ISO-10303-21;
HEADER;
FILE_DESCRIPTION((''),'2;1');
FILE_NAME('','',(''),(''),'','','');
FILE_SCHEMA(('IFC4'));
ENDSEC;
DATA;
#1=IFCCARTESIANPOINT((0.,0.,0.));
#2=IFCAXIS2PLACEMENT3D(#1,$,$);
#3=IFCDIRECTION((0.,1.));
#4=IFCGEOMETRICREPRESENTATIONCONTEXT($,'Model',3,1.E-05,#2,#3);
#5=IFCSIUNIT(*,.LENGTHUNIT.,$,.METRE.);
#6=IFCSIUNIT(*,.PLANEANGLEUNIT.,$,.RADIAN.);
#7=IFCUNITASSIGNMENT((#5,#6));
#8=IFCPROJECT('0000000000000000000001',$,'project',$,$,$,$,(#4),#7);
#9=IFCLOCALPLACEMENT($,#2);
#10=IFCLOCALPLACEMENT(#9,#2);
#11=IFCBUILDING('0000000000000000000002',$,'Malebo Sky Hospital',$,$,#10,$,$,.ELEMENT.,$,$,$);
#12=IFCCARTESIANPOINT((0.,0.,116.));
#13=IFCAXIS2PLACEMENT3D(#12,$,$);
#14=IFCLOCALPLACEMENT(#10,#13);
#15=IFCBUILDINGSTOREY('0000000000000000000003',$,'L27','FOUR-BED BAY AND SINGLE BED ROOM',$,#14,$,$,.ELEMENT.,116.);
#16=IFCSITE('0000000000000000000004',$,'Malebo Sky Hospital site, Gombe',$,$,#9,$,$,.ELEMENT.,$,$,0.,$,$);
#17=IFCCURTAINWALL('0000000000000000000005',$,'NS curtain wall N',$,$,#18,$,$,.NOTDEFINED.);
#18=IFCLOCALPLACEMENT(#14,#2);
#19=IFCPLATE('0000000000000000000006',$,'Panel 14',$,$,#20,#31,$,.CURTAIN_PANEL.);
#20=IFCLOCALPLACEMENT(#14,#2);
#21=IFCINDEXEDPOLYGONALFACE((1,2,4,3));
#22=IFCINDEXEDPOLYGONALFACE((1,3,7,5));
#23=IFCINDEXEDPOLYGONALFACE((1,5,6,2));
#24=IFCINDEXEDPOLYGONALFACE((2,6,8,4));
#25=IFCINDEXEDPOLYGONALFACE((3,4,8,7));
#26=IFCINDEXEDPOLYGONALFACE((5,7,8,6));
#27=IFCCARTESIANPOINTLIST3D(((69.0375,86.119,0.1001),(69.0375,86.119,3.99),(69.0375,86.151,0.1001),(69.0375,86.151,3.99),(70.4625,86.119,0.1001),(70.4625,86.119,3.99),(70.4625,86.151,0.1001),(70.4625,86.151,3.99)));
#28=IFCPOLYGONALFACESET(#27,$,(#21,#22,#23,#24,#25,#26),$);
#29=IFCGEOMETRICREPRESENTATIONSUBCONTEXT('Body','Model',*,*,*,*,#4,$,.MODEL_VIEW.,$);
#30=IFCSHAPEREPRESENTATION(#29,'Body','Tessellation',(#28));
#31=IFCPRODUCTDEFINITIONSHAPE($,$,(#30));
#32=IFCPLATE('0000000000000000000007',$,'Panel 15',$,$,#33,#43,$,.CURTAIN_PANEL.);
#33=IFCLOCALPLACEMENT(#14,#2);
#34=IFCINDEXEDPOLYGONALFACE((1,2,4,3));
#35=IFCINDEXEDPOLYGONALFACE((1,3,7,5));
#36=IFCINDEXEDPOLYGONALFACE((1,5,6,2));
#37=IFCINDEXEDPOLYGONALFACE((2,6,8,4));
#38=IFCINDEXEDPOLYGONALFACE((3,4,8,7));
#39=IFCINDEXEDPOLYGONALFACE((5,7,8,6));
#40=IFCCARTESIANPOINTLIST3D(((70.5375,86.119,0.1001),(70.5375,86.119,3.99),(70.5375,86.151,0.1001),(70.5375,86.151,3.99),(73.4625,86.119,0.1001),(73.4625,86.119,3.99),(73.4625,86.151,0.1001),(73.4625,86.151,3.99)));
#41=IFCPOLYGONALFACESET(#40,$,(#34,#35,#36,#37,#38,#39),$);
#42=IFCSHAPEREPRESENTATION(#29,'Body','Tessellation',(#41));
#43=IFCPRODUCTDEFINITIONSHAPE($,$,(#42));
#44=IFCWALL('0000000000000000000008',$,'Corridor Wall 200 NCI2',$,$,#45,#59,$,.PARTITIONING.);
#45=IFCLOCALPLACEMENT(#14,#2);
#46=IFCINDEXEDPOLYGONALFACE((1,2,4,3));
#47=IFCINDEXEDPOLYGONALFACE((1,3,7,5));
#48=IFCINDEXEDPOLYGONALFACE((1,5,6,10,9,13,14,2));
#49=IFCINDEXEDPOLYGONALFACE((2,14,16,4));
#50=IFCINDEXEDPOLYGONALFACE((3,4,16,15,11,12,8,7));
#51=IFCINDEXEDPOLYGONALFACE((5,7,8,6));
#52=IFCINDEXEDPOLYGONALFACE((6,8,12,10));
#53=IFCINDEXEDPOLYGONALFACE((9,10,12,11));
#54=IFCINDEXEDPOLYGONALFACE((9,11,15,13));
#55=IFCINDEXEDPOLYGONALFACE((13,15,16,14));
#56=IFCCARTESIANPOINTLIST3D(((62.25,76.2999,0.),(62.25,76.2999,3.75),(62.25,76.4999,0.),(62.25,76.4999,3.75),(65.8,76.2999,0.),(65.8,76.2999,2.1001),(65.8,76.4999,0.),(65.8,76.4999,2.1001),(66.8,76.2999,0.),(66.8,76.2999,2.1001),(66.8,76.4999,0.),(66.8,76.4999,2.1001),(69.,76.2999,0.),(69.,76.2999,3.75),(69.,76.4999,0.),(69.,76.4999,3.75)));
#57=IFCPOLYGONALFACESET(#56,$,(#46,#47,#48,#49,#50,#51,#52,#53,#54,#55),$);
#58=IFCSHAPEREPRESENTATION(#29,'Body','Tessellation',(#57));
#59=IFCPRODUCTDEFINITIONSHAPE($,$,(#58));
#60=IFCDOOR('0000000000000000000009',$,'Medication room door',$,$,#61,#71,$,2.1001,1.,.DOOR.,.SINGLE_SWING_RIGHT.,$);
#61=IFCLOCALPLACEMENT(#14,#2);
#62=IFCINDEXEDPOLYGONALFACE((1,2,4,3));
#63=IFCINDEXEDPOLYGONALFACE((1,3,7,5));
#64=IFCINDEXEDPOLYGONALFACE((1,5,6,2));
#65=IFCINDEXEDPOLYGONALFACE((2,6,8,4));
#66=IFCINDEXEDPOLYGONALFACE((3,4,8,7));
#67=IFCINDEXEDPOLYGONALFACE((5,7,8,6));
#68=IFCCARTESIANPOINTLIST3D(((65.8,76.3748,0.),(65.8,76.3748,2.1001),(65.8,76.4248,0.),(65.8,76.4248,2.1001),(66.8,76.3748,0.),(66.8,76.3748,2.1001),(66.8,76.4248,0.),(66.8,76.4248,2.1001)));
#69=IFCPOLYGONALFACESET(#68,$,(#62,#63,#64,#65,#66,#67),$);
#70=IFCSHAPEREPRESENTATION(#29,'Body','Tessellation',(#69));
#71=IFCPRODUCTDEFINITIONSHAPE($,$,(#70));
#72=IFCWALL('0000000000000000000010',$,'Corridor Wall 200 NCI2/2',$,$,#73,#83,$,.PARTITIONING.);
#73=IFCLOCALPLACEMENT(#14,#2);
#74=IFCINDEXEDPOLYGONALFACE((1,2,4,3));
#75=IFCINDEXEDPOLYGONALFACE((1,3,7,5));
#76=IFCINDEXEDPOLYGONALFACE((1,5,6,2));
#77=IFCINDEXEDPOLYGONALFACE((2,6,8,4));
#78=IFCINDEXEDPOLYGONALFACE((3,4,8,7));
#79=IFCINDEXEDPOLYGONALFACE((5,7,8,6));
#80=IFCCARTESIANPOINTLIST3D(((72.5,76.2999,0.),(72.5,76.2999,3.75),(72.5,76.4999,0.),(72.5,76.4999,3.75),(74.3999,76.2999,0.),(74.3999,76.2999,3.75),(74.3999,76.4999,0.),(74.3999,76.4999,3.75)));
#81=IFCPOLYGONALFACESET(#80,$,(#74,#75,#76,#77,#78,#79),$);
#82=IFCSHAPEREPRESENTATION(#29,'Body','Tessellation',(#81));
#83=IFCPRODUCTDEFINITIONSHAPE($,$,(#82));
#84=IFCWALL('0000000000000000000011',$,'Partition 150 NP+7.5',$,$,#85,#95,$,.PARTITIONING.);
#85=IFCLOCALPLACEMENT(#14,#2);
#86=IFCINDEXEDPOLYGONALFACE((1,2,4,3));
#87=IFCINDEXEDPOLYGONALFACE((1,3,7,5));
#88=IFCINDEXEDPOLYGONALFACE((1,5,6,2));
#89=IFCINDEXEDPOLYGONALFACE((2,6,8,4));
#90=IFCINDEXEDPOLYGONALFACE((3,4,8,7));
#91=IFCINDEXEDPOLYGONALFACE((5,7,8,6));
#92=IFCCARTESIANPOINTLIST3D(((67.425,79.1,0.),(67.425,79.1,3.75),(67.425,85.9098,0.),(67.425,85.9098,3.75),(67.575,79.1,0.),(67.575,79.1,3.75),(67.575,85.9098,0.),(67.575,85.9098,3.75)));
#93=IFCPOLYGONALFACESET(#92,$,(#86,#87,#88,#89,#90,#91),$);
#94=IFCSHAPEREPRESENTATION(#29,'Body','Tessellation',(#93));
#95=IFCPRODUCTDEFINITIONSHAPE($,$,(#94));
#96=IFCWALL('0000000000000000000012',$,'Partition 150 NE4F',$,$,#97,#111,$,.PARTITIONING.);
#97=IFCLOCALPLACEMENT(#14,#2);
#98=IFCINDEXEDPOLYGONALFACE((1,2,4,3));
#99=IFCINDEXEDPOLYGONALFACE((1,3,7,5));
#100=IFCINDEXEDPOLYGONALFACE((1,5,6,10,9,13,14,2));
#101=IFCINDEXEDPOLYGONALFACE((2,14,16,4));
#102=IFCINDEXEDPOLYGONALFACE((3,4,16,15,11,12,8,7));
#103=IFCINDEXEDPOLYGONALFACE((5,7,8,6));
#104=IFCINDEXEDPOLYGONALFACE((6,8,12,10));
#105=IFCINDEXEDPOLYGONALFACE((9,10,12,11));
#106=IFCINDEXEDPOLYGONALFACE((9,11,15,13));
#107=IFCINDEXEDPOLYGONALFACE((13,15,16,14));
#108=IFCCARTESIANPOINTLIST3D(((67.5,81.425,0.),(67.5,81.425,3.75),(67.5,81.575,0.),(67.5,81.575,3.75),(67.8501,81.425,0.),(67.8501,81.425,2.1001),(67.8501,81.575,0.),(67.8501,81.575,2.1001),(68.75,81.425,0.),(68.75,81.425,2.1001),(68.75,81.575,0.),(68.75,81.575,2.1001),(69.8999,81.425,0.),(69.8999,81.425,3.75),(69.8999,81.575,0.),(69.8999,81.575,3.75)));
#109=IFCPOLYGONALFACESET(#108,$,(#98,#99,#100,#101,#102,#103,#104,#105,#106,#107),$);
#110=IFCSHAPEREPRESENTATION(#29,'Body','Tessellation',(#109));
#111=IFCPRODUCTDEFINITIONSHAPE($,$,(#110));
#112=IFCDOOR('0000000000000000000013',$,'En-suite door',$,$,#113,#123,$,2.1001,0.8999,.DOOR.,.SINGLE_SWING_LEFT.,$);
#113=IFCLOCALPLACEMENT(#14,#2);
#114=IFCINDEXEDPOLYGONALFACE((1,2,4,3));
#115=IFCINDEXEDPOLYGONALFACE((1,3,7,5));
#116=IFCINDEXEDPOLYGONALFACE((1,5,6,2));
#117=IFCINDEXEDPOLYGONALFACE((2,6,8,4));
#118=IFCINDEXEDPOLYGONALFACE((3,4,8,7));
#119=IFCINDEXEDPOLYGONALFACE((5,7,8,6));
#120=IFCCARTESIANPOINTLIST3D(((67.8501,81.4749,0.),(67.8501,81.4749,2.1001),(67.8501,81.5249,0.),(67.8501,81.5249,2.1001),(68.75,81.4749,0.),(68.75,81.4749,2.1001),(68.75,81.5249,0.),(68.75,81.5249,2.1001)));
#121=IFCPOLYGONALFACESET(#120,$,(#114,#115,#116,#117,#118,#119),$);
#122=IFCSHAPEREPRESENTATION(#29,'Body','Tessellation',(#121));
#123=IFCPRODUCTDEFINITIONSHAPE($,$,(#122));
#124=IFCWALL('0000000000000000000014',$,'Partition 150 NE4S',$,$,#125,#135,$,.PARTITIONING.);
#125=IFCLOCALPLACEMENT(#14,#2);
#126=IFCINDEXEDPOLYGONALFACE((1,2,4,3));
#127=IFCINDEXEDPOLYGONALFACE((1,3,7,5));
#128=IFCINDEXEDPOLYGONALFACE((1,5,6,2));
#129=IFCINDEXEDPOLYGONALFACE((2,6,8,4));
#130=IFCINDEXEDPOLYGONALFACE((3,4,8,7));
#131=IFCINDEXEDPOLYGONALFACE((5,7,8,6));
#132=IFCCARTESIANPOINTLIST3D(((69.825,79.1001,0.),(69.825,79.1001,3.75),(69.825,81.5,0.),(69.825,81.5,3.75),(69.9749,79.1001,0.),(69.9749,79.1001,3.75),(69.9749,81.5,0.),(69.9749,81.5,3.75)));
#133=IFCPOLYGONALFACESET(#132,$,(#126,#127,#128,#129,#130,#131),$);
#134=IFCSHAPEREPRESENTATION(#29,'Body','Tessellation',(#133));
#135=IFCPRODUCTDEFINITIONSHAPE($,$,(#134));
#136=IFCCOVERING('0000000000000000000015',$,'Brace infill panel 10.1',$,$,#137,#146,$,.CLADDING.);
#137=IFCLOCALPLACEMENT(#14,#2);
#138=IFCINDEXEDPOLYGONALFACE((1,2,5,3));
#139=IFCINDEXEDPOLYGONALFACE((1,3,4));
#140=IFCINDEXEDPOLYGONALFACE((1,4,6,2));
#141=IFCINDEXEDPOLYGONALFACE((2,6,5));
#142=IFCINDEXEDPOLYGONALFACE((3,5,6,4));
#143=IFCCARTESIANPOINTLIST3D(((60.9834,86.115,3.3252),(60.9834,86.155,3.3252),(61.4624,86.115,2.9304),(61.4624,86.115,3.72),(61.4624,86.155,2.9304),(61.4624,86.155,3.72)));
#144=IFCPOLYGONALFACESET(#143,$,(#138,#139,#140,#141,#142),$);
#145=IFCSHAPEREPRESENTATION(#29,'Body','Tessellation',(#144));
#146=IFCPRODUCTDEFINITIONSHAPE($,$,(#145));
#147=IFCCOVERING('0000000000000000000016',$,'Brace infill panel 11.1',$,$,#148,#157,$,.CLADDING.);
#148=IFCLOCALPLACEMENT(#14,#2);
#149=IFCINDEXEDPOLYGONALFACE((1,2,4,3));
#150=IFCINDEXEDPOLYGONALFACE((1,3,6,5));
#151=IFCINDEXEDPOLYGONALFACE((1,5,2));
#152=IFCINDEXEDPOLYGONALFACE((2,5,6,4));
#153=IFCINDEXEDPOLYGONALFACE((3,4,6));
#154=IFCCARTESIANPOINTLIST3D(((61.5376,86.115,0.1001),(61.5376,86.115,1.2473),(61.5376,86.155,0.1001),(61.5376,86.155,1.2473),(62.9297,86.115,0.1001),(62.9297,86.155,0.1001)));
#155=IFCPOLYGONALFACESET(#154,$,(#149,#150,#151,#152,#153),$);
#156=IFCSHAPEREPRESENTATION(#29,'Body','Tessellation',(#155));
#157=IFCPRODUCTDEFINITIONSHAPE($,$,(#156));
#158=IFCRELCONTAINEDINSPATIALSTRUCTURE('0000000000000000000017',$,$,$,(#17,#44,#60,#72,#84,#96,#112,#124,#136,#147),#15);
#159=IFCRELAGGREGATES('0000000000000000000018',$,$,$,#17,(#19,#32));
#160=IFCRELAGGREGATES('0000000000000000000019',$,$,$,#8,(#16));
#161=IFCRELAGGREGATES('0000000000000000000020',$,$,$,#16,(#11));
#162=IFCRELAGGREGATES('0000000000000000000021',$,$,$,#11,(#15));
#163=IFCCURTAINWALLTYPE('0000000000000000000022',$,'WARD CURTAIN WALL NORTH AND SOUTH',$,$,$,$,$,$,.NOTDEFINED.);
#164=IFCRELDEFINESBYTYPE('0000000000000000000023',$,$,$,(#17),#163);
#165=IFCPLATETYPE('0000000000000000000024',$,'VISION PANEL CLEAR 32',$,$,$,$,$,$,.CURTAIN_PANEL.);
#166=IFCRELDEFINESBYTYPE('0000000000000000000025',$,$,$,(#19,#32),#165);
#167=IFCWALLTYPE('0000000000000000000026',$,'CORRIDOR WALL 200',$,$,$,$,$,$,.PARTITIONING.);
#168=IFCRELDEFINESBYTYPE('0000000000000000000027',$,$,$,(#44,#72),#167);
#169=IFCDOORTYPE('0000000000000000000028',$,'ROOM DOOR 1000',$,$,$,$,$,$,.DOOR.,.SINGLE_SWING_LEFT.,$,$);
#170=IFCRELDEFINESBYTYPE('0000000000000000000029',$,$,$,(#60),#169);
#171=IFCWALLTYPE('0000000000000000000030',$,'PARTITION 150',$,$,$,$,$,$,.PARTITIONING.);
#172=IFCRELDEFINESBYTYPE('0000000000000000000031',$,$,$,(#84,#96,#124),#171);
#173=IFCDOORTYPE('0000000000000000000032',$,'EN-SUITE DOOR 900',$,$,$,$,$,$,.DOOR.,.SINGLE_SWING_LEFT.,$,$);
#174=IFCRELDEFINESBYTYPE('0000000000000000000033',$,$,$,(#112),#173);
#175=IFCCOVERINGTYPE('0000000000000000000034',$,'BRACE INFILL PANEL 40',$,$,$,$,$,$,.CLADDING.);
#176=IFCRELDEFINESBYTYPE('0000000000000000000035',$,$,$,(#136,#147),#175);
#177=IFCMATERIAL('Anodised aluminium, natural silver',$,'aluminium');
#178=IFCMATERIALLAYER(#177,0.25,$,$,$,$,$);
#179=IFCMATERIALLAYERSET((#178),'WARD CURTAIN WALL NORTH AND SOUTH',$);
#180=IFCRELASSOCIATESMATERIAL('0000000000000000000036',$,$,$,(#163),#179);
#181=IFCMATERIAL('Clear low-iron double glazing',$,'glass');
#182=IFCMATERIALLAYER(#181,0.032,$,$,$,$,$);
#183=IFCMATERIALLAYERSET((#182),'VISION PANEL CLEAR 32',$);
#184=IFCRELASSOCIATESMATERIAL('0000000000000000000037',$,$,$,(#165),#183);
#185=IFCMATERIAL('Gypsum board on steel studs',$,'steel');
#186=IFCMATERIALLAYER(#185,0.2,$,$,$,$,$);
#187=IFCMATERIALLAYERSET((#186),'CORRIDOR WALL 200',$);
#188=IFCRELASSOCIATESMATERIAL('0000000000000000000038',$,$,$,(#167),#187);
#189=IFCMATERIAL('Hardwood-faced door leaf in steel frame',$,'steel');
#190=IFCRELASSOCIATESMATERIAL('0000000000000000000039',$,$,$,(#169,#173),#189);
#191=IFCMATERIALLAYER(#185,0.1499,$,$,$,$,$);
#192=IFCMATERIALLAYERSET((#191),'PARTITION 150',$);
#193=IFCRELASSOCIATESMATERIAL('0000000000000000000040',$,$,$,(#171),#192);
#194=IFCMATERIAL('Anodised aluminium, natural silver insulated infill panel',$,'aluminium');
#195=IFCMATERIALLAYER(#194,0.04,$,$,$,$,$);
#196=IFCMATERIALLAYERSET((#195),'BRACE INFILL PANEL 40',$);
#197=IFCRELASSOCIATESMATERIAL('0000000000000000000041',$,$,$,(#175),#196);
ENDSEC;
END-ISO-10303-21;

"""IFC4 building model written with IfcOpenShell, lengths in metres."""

from ifc_helpers import new_model, si_unit, direction, frame, frame_2d, origin, origin_2d, place, context, subcontext, project, spatial, polyline, rectangle, outline, extrude, material, layer, layer_set, type_object, element, fill, aggregate, save


model = new_model("IFC4")

# Units and contexts
model_context = context("Model", 3, precision=1e-05, world=origin(), true_north=direction((0.0, 1.0)))
body_context = subcontext(model_context, "Body", "Model", "MODEL_VIEW")
ifc_project = project(units=[si_unit("LENGTHUNIT", "METRE"), si_unit("PLANEANGLEUNIT", "RADIAN")], contexts=[model_context])

# Site, building, storey
site_placement = place(None, origin())
site = spatial("IfcSite", under=ifc_project, at=site_placement, Name="Malebo Sky Hospital site, Gombe", CompositionType="ELEMENT", RefElevation=0.0)
building_placement = place(site_placement, origin())
building = spatial("IfcBuilding", under=site, at=building_placement, Name="Malebo Sky Hospital", CompositionType="ELEMENT")
storey_placement = place(building_placement, frame((0.0, 0.0, 116.0)))
storey = spatial("IfcBuildingStorey", under=building, at=storey_placement, Name="L27", Description="FOUR-BED BAY AND SINGLE BED ROOM", CompositionType="ELEMENT", Elevation=116.0)

# Curtain wall
ifc_material_1 = material(Name="Anodised aluminium, natural silver", Category="aluminium")
ifc_layer_1 = layer(ifc_material_1, 0.25)
ifc_layer_set_1 = layer_set([ifc_layer_1], Name="WARD CURTAIN WALL NORTH AND SOUTH")
curtain_wall_type = type_object("IfcCurtainWallType", Name="WARD CURTAIN WALL NORTH AND SOUTH", PredefinedType="NOTDEFINED", material=ifc_layer_set_1)
curtain_wall_placement = place(storey_placement, origin())
curtain_wall = element("IfcCurtainWall", 1, at=curtain_wall_placement, inside=storey, type_object=curtain_wall_type, Name="NS curtain wall N", PredefinedType="NOTDEFINED")

# Plates
ifc_material_2 = material(Name="Clear low-iron double glazing", Category="glass")
ifc_layer_2 = layer(ifc_material_2, 0.032)
ifc_layer_set_2 = layer_set([ifc_layer_2], Name="VISION PANEL CLEAR 32")
plate_type = type_object("IfcPlateType", Name="VISION PANEL CLEAR 32", PredefinedType="CURTAIN_PANEL", material=ifc_layer_set_2)
plate_1_placement = place(storey_placement, frame((69.75, 86.135, 0.1001), z_axis=(0.0, 0.0, 1.0), x_axis=(1.0, 0.0, 0.0)))
plate_1 = element("IfcPlate", 2, at=plate_1_placement, type_object=plate_type, Name="Panel 14", PredefinedType="CURTAIN_PANEL", context=body_context, shape_type="SweptSolid", body=[
    extrude(rectangle(XDim=1.425, YDim=0.032, at=origin_2d()), origin(), (0.0, 0.0, 1.0), 3.8899),
])
plate_2_placement = place(storey_placement, frame((72.0, 86.135, 0.1001), z_axis=(0.0, 0.0, 1.0), x_axis=(1.0, 0.0, 0.0)))
plate_2 = element("IfcPlate", 3, at=plate_2_placement, type_object=plate_type, Name="Panel 15", PredefinedType="CURTAIN_PANEL", context=body_context, shape_type="SweptSolid", body=[
    extrude(rectangle(XDim=2.925, YDim=0.032, at=origin_2d()), origin(), (0.0, 0.0, 1.0), 3.8899),
])
aggregate(curtain_wall, [plate_1, plate_2])

# Wall, opening, door
ifc_material_3 = material(Name="Gypsum board on steel studs", Category="steel")
ifc_layer_3 = layer(ifc_material_3, 0.2)
ifc_layer_set_3 = layer_set([ifc_layer_3], Name="CORRIDOR WALL 200")
wall_type_1 = type_object("IfcWallType", Name="CORRIDOR WALL 200", PredefinedType="PARTITIONING", material=ifc_layer_set_3)
wall_1_placement = place(storey_placement, frame((62.25, 76.3999, 0.0), z_axis=(0.0, 0.0, 1.0), x_axis=(1.0, 0.0, 0.0)))
wall_1 = element("IfcWall", 4, at=wall_1_placement, inside=storey, type_object=wall_type_1, Name="Corridor Wall 200 NCI2", PredefinedType="PARTITIONING", context=body_context, shape_type="SweptSolid", body=[
    extrude(rectangle(XDim=6.75, YDim=0.2, at=frame_2d((3.375, 0.0))), origin(), (0.0, 0.0, 1.0), 3.75),
])
opening_1_placement = place(wall_1_placement, frame((3.55, 0.0, 0.0)))
opening_1 = element("IfcOpeningElement", 5, at=opening_1_placement, cuts=wall_1, PredefinedType="OPENING", context=body_context, shape_type="SweptSolid", body=[
    extrude(rectangle(XDim=1.0, YDim=2.1001, at=frame_2d((0.5, 1.05))), frame((0.0, 0.1099, 0.0), z_axis=(0.0, -1.0, 0.0), x_axis=(1.0, 0.0, 0.0)), (0.0, 0.0, 1.0), 0.22),
])
ifc_material_4 = material(Name="Hardwood-faced door leaf in steel frame", Category="steel")
door_type_1 = type_object("IfcDoorType", Name="ROOM DOOR 1000", OperationType="SINGLE_SWING_LEFT", PredefinedType="DOOR", material=ifc_material_4)
door_1_placement = place(opening_1_placement, origin())
door_1 = element("IfcDoor", 6, at=door_1_placement, inside=storey, type_object=door_type_1, Name="Medication room door", OperationType="SINGLE_SWING_RIGHT", OverallHeight=2.1001, OverallWidth=1.0, PredefinedType="DOOR", context=body_context, shape_type="SweptSolid", body=[
    extrude(rectangle(XDim=1.0, YDim=2.1001, at=frame_2d((0.5, 1.05))), frame((0.0, 0.0249, 0.0), z_axis=(0.0, -1.0, 0.0), x_axis=(1.0, 0.0, 0.0)), (0.0, 0.0, 1.0), 0.05),
])
fill(opening_1, door_1)

# Walls
wall_2_placement = place(storey_placement, frame((72.5, 76.3999, 0.0), z_axis=(0.0, 0.0, 1.0), x_axis=(1.0, 0.0, 0.0)))
element("IfcWall", 7, at=wall_2_placement, inside=storey, type_object=wall_type_1, Name="Corridor Wall 200 NCI2/2", PredefinedType="PARTITIONING", context=body_context, shape_type="SweptSolid", body=[
    extrude(rectangle(XDim=1.8999, YDim=0.2, at=frame_2d((0.95, 0.0))), origin(), (0.0, 0.0, 1.0), 3.75),
])
ifc_layer_4 = layer(ifc_material_3, 0.1499)
ifc_layer_set_4 = layer_set([ifc_layer_4], Name="PARTITION 150")
wall_type_2 = type_object("IfcWallType", Name="PARTITION 150", PredefinedType="PARTITIONING", material=ifc_layer_set_4)
wall_3_placement = place(storey_placement, frame((67.5, 79.1001, 0.0), z_axis=(0.0, 0.0, 1.0), x_axis=(0.0, 1.0, 0.0)))
element("IfcWall", 8, at=wall_3_placement, inside=storey, type_object=wall_type_2, Name="Partition 150 NP+7.5", PredefinedType="PARTITIONING", context=body_context, shape_type="SweptSolid", body=[
    extrude(rectangle(XDim=6.8098, YDim=0.1499, at=frame_2d((3.4048, 0.0))), origin(), (0.0, 0.0, 1.0), 3.75),
])

# Wall, opening, door
wall_4_placement = place(storey_placement, frame((67.5, 81.5, 0.0), z_axis=(0.0, 0.0, 1.0), x_axis=(1.0, 0.0, 0.0)))
wall_4 = element("IfcWall", 9, at=wall_4_placement, inside=storey, type_object=wall_type_2, Name="Partition 150 NE4F", PredefinedType="PARTITIONING", context=body_context, shape_type="SweptSolid", body=[
    extrude(rectangle(XDim=2.3999, YDim=0.1499, at=frame_2d((1.2, 0.0))), origin(), (0.0, 0.0, 1.0), 3.75),
])
opening_2_placement = place(wall_4_placement, frame((0.3501, 0.0, 0.0)))
opening_2 = element("IfcOpeningElement", 10, at=opening_2_placement, cuts=wall_4, PredefinedType="OPENING", context=body_context, shape_type="SweptSolid", body=[
    extrude(rectangle(XDim=0.8999, YDim=2.1001, at=frame_2d((0.45, 1.05))), frame((0.0, 0.085, 0.0), z_axis=(0.0, -1.0, 0.0), x_axis=(1.0, 0.0, 0.0)), (0.0, 0.0, 1.0), 0.1699),
])
door_type_2 = type_object("IfcDoorType", Name="EN-SUITE DOOR 900", OperationType="SINGLE_SWING_LEFT", PredefinedType="DOOR", material=ifc_material_4)
door_2_placement = place(opening_2_placement, origin())
door_2 = element("IfcDoor", 11, at=door_2_placement, inside=storey, type_object=door_type_2, Name="En-suite door", OperationType="SINGLE_SWING_LEFT", OverallHeight=2.1001, OverallWidth=0.8999, PredefinedType="DOOR", context=body_context, shape_type="SweptSolid", body=[
    extrude(rectangle(XDim=0.8999, YDim=2.1001, at=frame_2d((0.45, 1.05))), frame((0.0, 0.0249, 0.0), z_axis=(0.0, -1.0, 0.0), x_axis=(1.0, 0.0, 0.0)), (0.0, 0.0, 1.0), 0.05),
])
fill(opening_2, door_2)

# Wall
wall_5_placement = place(storey_placement, frame((69.8999, 79.1001, 0.0), z_axis=(0.0, 0.0, 1.0), x_axis=(0.0, 1.0, 0.0)))
element("IfcWall", 12, at=wall_5_placement, inside=storey, type_object=wall_type_2, Name="Partition 150 NE4S", PredefinedType="PARTITIONING", context=body_context, shape_type="SweptSolid", body=[
    extrude(rectangle(XDim=2.3999, YDim=0.1499, at=frame_2d((1.2, 0.0))), origin(), (0.0, 0.0, 1.0), 3.75),
])

# Coverings
ifc_material_5 = material(Name="Anodised aluminium, natural silver insulated infill panel", Category="aluminium")
ifc_layer_5 = layer(ifc_material_5, 0.04)
ifc_layer_set_5 = layer_set([ifc_layer_5], Name="BRACE INFILL PANEL 40")
covering_type = type_object("IfcCoveringType", Name="BRACE INFILL PANEL 40", PredefinedType="CLADDING", material=ifc_layer_set_5)
covering_1_placement = place(storey_placement, frame((61.2229, 86.135, 2.9304), z_axis=(0.0, 0.0, 1.0), x_axis=(1.0, 0.0, 0.0)))
element("IfcCovering", 13, at=covering_1_placement, inside=storey, type_object=covering_type, Name="Brace infill panel 10.1", PredefinedType="CLADDING", context=body_context, shape_type="SweptSolid", body=[
    extrude(outline(polyline([(0.2395, 0.0), (0.2395, 0.7896), (-0.2395, 0.3948), (0.2395, 0.0)])), frame((0.0, 0.02, 0.0), z_axis=(0.0, -1.0, 0.0), x_axis=(1.0, 0.0, 0.0)), (0.0, 0.0, 1.0), 0.04),
])
covering_2_placement = place(storey_placement, frame((62.2336, 86.135, 0.1001), z_axis=(0.0, 0.0, 1.0), x_axis=(1.0, 0.0, 0.0)))
element("IfcCovering", 14, at=covering_2_placement, inside=storey, type_object=covering_type, Name="Brace infill panel 11.1", PredefinedType="CLADDING", context=body_context, shape_type="SweptSolid", body=[
    extrude(outline(polyline([(-0.696, 0.0), (0.696, 0.0), (-0.696, 1.1472), (-0.696, 0.0)])), frame((0.0, 0.02, 0.0), z_axis=(0.0, -1.0, 0.0), x_axis=(1.0, 0.0, 0.0)), (0.0, 0.0, 1.0), 0.04),
])

save(model, "model.ifc")
